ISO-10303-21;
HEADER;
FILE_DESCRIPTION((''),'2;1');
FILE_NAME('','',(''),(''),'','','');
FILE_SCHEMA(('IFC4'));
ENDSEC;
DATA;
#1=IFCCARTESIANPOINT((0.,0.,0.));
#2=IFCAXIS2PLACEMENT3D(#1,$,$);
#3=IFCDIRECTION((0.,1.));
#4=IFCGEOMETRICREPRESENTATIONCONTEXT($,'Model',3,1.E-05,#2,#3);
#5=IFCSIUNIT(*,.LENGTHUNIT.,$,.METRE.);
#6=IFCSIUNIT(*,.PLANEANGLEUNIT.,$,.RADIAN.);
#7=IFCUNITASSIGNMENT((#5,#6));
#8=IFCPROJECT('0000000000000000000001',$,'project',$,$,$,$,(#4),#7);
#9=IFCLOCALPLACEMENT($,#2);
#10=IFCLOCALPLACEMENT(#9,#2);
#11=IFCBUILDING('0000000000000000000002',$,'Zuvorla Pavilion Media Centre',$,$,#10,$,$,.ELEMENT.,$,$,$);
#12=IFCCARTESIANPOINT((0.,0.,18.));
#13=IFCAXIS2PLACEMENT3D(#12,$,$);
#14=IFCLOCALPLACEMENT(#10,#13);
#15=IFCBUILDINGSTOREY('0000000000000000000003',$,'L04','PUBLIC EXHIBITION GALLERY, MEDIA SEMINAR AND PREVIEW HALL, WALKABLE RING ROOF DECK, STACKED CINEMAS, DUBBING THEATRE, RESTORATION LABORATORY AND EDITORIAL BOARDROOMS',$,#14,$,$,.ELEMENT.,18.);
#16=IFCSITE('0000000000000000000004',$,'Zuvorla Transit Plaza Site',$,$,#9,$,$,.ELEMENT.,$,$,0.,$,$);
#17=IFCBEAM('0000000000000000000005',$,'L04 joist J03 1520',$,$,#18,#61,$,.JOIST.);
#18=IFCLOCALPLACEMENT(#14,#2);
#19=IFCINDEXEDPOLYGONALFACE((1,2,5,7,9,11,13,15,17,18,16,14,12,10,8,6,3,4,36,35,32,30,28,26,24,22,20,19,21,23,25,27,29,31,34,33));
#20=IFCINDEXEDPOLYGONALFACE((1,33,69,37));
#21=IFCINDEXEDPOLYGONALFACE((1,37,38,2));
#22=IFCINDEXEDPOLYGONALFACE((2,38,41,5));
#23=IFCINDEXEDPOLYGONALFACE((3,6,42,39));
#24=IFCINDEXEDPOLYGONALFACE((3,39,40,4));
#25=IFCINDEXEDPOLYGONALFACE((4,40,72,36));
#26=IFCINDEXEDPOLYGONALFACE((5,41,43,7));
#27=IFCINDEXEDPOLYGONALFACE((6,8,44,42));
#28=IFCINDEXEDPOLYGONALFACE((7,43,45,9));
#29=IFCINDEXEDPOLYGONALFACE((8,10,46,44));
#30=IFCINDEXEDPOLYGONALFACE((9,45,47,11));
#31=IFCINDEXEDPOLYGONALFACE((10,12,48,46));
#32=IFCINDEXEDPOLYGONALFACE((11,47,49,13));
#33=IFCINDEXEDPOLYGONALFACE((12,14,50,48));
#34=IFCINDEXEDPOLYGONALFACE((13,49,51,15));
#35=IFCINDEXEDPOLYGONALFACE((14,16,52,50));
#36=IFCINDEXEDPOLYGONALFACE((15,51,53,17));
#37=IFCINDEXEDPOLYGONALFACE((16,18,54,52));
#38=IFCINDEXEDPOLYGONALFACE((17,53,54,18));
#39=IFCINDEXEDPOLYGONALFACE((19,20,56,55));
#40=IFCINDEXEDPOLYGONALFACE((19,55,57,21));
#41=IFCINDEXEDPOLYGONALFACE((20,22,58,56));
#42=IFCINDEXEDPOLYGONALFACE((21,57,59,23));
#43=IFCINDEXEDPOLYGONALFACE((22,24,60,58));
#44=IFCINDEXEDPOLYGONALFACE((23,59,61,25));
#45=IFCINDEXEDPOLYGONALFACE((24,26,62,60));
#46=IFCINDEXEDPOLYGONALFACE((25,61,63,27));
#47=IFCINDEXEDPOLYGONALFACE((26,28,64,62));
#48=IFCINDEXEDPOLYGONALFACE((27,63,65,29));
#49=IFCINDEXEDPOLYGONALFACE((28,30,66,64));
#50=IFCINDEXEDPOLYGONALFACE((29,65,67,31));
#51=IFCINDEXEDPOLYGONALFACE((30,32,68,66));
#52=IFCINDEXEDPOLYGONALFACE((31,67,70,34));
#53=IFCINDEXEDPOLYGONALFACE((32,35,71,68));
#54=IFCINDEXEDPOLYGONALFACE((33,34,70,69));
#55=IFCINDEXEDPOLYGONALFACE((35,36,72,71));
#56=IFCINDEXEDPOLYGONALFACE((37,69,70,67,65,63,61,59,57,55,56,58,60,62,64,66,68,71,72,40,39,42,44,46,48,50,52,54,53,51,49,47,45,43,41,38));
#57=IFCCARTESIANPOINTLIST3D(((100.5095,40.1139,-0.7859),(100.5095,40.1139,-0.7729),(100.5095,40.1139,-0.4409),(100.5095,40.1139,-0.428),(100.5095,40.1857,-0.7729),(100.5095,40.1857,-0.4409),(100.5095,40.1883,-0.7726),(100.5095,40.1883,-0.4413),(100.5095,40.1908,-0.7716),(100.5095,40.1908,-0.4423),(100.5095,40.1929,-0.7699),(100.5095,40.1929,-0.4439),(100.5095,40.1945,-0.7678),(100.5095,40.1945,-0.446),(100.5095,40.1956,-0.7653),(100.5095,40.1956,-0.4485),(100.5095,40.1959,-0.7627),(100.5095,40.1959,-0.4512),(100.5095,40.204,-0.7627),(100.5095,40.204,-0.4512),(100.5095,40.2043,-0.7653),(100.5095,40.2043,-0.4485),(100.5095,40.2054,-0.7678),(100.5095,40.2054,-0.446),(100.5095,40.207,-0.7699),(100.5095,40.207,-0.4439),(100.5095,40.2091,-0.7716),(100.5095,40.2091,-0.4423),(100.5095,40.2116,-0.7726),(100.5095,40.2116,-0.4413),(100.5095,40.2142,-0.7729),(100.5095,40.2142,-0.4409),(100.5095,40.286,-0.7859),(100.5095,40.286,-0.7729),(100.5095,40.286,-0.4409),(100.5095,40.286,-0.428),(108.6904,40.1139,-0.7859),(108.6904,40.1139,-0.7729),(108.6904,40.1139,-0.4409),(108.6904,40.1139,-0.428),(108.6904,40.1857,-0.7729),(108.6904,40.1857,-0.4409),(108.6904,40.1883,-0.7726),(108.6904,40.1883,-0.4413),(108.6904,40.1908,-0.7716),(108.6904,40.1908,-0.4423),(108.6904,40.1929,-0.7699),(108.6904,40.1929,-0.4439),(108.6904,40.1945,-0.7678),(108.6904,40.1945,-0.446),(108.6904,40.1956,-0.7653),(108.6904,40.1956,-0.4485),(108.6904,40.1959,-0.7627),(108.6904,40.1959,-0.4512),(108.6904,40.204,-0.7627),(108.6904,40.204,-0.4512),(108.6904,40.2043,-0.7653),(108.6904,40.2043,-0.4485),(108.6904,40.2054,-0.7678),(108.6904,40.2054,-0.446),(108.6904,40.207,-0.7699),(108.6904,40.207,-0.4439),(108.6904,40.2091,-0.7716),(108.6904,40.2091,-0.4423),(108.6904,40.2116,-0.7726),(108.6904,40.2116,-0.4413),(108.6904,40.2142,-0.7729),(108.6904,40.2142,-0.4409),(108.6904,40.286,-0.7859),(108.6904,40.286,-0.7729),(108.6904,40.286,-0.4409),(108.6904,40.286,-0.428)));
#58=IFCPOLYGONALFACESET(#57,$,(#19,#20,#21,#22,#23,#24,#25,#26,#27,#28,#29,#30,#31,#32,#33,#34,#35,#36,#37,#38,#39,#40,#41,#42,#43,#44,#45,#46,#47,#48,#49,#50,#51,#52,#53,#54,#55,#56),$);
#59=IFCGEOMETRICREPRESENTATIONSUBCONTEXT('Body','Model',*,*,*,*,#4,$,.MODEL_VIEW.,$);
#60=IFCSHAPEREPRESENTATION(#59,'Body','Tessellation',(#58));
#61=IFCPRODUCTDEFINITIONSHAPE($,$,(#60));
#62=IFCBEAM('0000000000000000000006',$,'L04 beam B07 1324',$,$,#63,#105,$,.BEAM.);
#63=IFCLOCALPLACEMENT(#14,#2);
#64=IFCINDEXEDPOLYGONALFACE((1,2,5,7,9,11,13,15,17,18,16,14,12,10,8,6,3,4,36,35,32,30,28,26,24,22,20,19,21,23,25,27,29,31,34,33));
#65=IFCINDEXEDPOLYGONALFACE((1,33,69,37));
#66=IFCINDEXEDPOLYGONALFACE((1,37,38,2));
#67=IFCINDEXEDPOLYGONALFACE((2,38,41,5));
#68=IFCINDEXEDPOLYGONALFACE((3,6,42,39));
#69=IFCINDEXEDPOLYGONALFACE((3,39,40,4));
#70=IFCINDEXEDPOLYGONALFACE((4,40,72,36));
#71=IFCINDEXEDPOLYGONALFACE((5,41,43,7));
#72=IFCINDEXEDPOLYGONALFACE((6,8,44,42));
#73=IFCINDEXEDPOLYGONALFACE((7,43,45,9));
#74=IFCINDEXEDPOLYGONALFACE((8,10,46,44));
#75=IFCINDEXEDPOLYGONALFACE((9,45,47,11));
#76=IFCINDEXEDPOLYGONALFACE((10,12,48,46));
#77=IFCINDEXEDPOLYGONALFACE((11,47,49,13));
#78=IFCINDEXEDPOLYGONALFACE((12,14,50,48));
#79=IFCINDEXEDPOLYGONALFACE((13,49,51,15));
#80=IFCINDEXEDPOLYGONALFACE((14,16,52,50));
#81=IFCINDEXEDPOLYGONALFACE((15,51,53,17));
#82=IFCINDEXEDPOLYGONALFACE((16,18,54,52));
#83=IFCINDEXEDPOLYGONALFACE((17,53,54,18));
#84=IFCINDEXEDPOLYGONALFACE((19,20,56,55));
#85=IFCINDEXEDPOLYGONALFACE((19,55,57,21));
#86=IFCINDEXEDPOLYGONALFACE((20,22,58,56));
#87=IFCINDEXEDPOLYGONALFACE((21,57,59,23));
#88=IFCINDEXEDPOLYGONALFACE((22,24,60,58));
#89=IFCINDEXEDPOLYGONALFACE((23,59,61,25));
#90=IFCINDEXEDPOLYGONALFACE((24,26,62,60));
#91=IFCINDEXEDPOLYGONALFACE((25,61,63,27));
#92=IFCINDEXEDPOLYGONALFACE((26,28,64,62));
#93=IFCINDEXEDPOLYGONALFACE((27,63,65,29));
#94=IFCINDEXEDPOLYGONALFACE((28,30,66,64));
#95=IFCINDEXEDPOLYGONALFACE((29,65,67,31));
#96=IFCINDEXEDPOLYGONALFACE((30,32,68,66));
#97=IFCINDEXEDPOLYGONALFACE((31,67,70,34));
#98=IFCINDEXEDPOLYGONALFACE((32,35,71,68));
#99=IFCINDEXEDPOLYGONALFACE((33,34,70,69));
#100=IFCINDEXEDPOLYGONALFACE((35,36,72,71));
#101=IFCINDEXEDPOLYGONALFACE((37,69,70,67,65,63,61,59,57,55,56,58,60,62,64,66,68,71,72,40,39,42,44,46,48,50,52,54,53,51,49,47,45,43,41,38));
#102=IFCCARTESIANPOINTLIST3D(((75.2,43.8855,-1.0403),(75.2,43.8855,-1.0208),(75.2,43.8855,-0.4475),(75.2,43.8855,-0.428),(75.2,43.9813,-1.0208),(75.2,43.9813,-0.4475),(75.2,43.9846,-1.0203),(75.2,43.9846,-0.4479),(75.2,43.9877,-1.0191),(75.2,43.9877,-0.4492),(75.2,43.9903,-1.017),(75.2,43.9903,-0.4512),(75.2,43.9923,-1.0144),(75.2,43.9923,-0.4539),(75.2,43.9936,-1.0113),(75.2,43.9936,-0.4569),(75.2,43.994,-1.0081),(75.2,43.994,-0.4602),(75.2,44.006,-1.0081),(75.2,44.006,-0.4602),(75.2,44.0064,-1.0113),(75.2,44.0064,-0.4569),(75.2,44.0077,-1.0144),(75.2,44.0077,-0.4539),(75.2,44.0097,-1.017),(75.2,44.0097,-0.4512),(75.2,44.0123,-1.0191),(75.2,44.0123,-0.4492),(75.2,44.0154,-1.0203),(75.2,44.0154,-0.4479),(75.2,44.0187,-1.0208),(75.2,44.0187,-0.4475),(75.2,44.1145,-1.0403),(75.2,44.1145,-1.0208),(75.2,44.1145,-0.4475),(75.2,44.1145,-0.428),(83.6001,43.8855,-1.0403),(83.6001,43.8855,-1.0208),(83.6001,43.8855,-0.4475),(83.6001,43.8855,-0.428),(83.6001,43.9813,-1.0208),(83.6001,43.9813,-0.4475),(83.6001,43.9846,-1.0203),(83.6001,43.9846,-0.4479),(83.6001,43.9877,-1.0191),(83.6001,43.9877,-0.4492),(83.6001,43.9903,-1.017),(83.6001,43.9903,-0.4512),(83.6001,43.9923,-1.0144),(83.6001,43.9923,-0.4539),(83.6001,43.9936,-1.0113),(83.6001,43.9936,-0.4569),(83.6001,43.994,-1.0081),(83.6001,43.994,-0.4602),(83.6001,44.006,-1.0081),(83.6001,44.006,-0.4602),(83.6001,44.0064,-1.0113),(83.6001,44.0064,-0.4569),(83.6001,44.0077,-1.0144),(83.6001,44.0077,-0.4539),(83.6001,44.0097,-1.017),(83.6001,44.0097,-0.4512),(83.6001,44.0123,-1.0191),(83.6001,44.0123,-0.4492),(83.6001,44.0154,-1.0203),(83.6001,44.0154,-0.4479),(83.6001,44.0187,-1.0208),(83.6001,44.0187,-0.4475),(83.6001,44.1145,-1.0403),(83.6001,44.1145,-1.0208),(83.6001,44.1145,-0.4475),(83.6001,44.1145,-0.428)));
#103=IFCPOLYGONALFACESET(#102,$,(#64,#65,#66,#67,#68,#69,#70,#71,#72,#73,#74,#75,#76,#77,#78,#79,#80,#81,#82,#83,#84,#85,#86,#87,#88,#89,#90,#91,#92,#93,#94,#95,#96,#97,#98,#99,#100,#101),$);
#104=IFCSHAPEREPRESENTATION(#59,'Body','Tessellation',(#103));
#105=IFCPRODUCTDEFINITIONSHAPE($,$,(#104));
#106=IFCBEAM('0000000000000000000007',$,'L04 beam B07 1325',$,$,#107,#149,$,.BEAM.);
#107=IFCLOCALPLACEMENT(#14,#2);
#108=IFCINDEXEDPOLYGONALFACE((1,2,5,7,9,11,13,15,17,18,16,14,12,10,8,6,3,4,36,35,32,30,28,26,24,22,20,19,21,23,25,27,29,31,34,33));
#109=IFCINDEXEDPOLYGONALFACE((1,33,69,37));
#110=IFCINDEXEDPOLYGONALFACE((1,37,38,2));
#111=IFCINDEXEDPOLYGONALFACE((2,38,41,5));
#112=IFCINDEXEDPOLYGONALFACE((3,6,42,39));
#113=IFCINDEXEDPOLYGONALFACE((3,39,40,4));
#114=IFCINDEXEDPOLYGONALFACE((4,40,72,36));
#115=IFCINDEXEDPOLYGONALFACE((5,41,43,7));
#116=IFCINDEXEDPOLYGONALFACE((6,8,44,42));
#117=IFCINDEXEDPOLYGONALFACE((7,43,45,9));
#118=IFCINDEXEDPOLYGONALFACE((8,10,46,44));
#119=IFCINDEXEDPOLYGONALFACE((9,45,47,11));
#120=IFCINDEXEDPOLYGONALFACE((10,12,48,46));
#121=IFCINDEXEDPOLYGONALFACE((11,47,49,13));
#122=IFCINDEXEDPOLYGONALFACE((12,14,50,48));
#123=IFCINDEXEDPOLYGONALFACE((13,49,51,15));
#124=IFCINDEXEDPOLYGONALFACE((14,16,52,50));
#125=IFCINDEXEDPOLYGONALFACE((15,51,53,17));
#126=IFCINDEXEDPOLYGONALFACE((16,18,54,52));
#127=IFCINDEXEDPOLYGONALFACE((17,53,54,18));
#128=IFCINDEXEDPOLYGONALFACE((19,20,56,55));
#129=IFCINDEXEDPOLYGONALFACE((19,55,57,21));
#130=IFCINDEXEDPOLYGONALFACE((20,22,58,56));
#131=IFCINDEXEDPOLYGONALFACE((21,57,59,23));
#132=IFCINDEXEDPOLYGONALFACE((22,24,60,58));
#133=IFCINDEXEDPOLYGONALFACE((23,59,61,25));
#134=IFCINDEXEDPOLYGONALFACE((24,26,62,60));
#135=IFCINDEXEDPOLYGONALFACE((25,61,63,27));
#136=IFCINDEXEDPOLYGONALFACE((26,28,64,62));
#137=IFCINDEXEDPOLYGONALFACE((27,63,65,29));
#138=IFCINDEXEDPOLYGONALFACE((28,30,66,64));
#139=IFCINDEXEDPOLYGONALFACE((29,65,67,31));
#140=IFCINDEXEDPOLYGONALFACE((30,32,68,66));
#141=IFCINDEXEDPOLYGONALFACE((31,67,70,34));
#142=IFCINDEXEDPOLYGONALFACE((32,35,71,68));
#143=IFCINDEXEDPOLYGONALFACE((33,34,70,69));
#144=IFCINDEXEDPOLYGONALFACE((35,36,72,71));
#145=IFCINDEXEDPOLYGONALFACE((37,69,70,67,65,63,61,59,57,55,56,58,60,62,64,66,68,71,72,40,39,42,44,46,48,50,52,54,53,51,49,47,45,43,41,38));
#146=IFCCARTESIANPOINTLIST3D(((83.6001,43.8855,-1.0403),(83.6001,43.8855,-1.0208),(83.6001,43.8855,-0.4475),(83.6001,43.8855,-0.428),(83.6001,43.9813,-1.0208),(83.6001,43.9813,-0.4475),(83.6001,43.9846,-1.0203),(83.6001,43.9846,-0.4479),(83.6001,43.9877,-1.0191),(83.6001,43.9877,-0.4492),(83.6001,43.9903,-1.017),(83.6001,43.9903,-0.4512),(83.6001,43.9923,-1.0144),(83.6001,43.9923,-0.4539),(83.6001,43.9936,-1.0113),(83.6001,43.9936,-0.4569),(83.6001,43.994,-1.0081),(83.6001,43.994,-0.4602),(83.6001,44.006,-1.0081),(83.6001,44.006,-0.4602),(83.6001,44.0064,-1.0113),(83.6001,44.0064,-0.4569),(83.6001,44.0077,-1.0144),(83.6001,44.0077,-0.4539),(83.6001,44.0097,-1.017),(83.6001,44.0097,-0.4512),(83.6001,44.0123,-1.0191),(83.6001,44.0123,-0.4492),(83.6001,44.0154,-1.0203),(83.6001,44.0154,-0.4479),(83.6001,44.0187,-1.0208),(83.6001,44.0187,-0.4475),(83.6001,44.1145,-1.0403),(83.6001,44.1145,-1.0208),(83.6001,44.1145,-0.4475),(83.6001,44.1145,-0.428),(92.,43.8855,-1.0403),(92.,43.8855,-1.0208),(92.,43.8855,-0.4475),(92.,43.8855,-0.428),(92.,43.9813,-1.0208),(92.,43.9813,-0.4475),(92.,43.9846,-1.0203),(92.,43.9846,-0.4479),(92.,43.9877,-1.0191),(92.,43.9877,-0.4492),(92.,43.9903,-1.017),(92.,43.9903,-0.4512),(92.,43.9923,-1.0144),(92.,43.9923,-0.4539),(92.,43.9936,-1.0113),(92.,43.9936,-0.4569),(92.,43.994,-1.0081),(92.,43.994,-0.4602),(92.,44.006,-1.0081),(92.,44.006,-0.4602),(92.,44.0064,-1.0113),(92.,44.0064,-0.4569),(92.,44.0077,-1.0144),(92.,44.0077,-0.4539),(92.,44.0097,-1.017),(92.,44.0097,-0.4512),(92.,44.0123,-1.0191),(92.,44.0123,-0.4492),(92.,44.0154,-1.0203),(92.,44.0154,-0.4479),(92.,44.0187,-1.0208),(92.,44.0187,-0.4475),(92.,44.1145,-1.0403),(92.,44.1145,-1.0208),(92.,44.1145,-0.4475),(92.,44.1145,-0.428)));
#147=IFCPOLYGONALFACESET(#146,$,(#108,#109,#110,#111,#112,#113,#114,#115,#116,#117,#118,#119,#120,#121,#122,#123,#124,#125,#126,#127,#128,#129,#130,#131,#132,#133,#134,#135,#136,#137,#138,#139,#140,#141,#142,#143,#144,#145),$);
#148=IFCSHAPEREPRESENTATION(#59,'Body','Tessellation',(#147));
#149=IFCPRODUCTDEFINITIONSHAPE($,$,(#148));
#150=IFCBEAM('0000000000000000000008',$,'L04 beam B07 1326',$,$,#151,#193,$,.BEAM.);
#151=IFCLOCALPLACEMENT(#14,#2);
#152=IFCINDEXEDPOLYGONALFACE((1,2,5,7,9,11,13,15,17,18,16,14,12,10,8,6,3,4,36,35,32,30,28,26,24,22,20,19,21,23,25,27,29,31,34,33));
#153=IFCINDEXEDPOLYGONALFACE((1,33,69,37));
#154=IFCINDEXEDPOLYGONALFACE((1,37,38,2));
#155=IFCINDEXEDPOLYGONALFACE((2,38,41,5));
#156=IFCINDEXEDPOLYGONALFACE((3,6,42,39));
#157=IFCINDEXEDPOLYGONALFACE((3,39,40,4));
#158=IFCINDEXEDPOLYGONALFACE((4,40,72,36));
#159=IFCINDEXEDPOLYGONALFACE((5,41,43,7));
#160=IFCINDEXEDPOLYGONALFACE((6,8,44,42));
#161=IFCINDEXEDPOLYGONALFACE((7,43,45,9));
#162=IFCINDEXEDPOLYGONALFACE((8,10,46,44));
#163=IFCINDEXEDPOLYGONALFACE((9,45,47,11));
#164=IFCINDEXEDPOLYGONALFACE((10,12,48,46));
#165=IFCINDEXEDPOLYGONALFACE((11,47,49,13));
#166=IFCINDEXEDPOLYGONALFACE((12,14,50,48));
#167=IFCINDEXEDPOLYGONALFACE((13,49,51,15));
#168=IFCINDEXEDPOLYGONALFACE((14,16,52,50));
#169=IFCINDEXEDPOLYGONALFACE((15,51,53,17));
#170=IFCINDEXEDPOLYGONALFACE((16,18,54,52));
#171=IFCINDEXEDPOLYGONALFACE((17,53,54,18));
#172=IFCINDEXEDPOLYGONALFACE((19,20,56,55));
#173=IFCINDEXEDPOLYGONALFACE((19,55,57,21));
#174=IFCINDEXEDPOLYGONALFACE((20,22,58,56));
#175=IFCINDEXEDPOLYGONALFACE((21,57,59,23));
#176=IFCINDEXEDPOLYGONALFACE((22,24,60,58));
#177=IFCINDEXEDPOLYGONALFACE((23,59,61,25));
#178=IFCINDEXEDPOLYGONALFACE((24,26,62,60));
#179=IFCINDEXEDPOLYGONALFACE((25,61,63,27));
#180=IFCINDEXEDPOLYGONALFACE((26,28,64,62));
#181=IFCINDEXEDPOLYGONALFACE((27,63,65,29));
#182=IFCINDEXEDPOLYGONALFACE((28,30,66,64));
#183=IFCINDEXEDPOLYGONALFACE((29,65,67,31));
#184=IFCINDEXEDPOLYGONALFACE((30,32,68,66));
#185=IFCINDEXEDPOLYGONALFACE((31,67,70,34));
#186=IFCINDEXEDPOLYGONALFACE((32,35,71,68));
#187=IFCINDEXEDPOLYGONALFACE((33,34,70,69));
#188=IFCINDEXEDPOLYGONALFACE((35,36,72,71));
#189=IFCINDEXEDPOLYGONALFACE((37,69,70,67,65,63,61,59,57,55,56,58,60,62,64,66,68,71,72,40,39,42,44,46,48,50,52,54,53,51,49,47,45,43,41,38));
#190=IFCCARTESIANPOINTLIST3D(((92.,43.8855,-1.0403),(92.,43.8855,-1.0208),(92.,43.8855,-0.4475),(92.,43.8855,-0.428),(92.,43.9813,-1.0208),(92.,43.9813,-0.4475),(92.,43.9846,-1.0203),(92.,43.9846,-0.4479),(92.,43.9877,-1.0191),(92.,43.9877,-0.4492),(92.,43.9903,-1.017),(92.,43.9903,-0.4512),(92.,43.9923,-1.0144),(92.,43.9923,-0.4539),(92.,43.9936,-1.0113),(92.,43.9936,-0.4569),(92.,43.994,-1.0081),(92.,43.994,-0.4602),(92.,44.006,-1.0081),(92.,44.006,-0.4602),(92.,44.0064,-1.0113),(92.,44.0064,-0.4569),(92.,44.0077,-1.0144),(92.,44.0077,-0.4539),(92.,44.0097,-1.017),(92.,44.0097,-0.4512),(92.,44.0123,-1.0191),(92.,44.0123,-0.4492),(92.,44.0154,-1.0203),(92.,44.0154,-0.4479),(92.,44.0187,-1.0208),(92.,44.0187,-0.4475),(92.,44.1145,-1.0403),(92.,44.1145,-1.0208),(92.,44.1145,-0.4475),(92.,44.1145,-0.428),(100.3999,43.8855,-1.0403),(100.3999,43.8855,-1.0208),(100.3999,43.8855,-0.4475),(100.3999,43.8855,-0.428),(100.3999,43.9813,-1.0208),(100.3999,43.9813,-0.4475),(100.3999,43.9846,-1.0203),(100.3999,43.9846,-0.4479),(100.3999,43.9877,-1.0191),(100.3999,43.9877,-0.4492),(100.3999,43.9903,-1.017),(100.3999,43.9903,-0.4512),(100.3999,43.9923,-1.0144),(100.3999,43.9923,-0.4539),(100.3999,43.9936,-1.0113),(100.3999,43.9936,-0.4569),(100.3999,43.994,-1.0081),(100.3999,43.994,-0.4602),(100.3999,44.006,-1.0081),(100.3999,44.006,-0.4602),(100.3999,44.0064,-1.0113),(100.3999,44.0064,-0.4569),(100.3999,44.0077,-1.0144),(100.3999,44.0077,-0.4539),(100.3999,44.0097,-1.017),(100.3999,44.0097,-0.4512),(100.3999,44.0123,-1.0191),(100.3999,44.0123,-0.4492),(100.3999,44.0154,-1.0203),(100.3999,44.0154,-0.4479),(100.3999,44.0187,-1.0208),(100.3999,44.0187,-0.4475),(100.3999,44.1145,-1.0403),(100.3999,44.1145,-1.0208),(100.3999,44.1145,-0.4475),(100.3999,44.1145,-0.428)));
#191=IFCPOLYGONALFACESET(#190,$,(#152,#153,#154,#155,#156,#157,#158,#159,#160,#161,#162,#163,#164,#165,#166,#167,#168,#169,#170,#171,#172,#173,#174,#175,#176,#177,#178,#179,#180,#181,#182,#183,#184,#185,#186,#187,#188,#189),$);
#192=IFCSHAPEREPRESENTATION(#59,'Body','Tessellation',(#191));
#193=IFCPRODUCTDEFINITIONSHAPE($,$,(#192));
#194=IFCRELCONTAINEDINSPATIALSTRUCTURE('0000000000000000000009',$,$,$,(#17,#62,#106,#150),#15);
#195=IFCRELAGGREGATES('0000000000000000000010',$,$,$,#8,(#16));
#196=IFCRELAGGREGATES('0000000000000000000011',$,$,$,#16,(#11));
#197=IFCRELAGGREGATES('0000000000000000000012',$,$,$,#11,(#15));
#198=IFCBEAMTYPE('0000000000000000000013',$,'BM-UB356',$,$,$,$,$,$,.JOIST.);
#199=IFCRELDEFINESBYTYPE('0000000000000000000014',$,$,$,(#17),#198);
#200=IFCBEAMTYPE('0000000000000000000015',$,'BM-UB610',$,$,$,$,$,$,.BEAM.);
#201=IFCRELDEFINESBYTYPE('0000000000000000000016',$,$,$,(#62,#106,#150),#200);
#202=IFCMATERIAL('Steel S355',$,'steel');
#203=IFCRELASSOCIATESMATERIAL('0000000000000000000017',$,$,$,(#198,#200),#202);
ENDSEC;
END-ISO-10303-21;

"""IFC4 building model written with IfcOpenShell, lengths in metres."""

from ifc_helpers import new_model, si_unit, direction, frame, origin, origin_2d, place, context, subcontext, project, spatial, i_section, extrude, material, material_profile, profile_set, type_object, element, save


model = new_model("IFC4")

# Units and contexts
model_context = context("Model", 3, precision=1e-05, world=origin(), true_north=direction((0.0, 1.0)))
body_context = subcontext(model_context, "Body", "Model", "MODEL_VIEW")
ifc_project = project(units=[si_unit("LENGTHUNIT", "METRE"), si_unit("PLANEANGLEUNIT", "RADIAN")], contexts=[model_context])

# Site, building, storey
site_placement = place(None, origin())
site = spatial("IfcSite", under=ifc_project, at=site_placement, Name="Zuvorla Transit Plaza Site", CompositionType="ELEMENT", RefElevation=0.0)
building_placement = place(site_placement, origin())
building = spatial("IfcBuilding", under=site, at=building_placement, Name="Zuvorla Pavilion Media Centre", CompositionType="ELEMENT")
storey_placement = place(building_placement, frame((0.0, 0.0, 18.0)))
storey = spatial("IfcBuildingStorey", under=building, at=storey_placement, Name="L04", Description="PUBLIC EXHIBITION GALLERY, MEDIA SEMINAR AND PREVIEW HALL, WALKABLE RING ROOF DECK, STACKED CINEMAS, DUBBING THEATRE, RESTORATION LABORATORY AND EDITORIAL BOARDROOMS", CompositionType="ELEMENT", Elevation=18.0)

# Beams
ifc_material_1 = material(Name="Steel S355", Category="steel")
ifc_material_profile_1 = material_profile(ifc_material_1, i_section(OverallWidth=0.1721, OverallDepth=0.3579, WebThickness=0.0081, FlangeThickness=0.0129, FilletRadius=0.0103, at=origin_2d()), Name="UB 356x171x57")
ifc_profile_set_1 = profile_set([ifc_material_profile_1], Name="Steel S355")
beam_type_1 = type_object("IfcBeamType", Name="BM-UB356", PredefinedType="JOIST", material=ifc_profile_set_1)
for number, where, z_axis, x_axis, name in (
    (1, (100.5095, 40.2, -0.6069), (1.0, 0.0, 0.0), (0.0, 1.0, 0.0), "L04 joist J03 1520"),
):
    element("IfcBeam", number, at=place(storey_placement, frame(where, z_axis=z_axis, x_axis=x_axis)), inside=storey, type_object=beam_type_1, Name=name, PredefinedType="JOIST", context=body_context, shape_type="SweptSolid", body=[
        extrude(i_section(OverallWidth=0.1721, OverallDepth=0.3579, WebThickness=0.0081, FlangeThickness=0.0129, FilletRadius=0.0103, at=origin_2d()), origin(), (0.0, 0.0, 1.0), 8.1809),
    ])
ifc_material_profile_2 = material_profile(ifc_material_1, i_section(OverallWidth=0.229, OverallDepth=0.6123, WebThickness=0.012, FlangeThickness=0.0195, FilletRadius=0.0127, at=origin_2d()), Name="UB 610x229x125")
ifc_profile_set_2 = profile_set([ifc_material_profile_2], Name="Steel S355")
beam_type_2 = type_object("IfcBeamType", Name="BM-UB610", PredefinedType="BEAM", material=ifc_profile_set_2)
beam_1_placement = place(storey_placement, frame((75.2, 44.0, -0.7341), z_axis=(1.0, 0.0, 0.0), x_axis=(0.0, 1.0, 0.0)))
element("IfcBeam", 2, at=beam_1_placement, inside=storey, type_object=beam_type_2, Name="L04 beam B07 1324", PredefinedType="BEAM", context=body_context, shape_type="SweptSolid", body=[
    extrude(i_section(OverallWidth=0.229, OverallDepth=0.6123, WebThickness=0.012, FlangeThickness=0.0195, FilletRadius=0.0127, at=origin_2d()), origin(), (0.0, 0.0, 1.0), 8.4001),
])
for number, where, z_axis, x_axis, name in (
    (3, (83.6001, 44.0, -0.7341), (1.0, 0.0, 0.0), (0.0, 1.0, 0.0), "L04 beam B07 1325"),
    (4, (92.0, 44.0, -0.7341), (1.0, 0.0, 0.0), (0.0, 1.0, 0.0), "L04 beam B07 1326"),
):
    element("IfcBeam", number, at=place(storey_placement, frame(where, z_axis=z_axis, x_axis=x_axis)), inside=storey, type_object=beam_type_2, Name=name, PredefinedType="BEAM", context=body_context, shape_type="SweptSolid", body=[
        extrude(i_section(OverallWidth=0.229, OverallDepth=0.6123, WebThickness=0.012, FlangeThickness=0.0195, FilletRadius=0.0127, at=origin_2d()), origin(), (0.0, 0.0, 1.0), 8.3999),
    ])

save(model, "model.ifc")
